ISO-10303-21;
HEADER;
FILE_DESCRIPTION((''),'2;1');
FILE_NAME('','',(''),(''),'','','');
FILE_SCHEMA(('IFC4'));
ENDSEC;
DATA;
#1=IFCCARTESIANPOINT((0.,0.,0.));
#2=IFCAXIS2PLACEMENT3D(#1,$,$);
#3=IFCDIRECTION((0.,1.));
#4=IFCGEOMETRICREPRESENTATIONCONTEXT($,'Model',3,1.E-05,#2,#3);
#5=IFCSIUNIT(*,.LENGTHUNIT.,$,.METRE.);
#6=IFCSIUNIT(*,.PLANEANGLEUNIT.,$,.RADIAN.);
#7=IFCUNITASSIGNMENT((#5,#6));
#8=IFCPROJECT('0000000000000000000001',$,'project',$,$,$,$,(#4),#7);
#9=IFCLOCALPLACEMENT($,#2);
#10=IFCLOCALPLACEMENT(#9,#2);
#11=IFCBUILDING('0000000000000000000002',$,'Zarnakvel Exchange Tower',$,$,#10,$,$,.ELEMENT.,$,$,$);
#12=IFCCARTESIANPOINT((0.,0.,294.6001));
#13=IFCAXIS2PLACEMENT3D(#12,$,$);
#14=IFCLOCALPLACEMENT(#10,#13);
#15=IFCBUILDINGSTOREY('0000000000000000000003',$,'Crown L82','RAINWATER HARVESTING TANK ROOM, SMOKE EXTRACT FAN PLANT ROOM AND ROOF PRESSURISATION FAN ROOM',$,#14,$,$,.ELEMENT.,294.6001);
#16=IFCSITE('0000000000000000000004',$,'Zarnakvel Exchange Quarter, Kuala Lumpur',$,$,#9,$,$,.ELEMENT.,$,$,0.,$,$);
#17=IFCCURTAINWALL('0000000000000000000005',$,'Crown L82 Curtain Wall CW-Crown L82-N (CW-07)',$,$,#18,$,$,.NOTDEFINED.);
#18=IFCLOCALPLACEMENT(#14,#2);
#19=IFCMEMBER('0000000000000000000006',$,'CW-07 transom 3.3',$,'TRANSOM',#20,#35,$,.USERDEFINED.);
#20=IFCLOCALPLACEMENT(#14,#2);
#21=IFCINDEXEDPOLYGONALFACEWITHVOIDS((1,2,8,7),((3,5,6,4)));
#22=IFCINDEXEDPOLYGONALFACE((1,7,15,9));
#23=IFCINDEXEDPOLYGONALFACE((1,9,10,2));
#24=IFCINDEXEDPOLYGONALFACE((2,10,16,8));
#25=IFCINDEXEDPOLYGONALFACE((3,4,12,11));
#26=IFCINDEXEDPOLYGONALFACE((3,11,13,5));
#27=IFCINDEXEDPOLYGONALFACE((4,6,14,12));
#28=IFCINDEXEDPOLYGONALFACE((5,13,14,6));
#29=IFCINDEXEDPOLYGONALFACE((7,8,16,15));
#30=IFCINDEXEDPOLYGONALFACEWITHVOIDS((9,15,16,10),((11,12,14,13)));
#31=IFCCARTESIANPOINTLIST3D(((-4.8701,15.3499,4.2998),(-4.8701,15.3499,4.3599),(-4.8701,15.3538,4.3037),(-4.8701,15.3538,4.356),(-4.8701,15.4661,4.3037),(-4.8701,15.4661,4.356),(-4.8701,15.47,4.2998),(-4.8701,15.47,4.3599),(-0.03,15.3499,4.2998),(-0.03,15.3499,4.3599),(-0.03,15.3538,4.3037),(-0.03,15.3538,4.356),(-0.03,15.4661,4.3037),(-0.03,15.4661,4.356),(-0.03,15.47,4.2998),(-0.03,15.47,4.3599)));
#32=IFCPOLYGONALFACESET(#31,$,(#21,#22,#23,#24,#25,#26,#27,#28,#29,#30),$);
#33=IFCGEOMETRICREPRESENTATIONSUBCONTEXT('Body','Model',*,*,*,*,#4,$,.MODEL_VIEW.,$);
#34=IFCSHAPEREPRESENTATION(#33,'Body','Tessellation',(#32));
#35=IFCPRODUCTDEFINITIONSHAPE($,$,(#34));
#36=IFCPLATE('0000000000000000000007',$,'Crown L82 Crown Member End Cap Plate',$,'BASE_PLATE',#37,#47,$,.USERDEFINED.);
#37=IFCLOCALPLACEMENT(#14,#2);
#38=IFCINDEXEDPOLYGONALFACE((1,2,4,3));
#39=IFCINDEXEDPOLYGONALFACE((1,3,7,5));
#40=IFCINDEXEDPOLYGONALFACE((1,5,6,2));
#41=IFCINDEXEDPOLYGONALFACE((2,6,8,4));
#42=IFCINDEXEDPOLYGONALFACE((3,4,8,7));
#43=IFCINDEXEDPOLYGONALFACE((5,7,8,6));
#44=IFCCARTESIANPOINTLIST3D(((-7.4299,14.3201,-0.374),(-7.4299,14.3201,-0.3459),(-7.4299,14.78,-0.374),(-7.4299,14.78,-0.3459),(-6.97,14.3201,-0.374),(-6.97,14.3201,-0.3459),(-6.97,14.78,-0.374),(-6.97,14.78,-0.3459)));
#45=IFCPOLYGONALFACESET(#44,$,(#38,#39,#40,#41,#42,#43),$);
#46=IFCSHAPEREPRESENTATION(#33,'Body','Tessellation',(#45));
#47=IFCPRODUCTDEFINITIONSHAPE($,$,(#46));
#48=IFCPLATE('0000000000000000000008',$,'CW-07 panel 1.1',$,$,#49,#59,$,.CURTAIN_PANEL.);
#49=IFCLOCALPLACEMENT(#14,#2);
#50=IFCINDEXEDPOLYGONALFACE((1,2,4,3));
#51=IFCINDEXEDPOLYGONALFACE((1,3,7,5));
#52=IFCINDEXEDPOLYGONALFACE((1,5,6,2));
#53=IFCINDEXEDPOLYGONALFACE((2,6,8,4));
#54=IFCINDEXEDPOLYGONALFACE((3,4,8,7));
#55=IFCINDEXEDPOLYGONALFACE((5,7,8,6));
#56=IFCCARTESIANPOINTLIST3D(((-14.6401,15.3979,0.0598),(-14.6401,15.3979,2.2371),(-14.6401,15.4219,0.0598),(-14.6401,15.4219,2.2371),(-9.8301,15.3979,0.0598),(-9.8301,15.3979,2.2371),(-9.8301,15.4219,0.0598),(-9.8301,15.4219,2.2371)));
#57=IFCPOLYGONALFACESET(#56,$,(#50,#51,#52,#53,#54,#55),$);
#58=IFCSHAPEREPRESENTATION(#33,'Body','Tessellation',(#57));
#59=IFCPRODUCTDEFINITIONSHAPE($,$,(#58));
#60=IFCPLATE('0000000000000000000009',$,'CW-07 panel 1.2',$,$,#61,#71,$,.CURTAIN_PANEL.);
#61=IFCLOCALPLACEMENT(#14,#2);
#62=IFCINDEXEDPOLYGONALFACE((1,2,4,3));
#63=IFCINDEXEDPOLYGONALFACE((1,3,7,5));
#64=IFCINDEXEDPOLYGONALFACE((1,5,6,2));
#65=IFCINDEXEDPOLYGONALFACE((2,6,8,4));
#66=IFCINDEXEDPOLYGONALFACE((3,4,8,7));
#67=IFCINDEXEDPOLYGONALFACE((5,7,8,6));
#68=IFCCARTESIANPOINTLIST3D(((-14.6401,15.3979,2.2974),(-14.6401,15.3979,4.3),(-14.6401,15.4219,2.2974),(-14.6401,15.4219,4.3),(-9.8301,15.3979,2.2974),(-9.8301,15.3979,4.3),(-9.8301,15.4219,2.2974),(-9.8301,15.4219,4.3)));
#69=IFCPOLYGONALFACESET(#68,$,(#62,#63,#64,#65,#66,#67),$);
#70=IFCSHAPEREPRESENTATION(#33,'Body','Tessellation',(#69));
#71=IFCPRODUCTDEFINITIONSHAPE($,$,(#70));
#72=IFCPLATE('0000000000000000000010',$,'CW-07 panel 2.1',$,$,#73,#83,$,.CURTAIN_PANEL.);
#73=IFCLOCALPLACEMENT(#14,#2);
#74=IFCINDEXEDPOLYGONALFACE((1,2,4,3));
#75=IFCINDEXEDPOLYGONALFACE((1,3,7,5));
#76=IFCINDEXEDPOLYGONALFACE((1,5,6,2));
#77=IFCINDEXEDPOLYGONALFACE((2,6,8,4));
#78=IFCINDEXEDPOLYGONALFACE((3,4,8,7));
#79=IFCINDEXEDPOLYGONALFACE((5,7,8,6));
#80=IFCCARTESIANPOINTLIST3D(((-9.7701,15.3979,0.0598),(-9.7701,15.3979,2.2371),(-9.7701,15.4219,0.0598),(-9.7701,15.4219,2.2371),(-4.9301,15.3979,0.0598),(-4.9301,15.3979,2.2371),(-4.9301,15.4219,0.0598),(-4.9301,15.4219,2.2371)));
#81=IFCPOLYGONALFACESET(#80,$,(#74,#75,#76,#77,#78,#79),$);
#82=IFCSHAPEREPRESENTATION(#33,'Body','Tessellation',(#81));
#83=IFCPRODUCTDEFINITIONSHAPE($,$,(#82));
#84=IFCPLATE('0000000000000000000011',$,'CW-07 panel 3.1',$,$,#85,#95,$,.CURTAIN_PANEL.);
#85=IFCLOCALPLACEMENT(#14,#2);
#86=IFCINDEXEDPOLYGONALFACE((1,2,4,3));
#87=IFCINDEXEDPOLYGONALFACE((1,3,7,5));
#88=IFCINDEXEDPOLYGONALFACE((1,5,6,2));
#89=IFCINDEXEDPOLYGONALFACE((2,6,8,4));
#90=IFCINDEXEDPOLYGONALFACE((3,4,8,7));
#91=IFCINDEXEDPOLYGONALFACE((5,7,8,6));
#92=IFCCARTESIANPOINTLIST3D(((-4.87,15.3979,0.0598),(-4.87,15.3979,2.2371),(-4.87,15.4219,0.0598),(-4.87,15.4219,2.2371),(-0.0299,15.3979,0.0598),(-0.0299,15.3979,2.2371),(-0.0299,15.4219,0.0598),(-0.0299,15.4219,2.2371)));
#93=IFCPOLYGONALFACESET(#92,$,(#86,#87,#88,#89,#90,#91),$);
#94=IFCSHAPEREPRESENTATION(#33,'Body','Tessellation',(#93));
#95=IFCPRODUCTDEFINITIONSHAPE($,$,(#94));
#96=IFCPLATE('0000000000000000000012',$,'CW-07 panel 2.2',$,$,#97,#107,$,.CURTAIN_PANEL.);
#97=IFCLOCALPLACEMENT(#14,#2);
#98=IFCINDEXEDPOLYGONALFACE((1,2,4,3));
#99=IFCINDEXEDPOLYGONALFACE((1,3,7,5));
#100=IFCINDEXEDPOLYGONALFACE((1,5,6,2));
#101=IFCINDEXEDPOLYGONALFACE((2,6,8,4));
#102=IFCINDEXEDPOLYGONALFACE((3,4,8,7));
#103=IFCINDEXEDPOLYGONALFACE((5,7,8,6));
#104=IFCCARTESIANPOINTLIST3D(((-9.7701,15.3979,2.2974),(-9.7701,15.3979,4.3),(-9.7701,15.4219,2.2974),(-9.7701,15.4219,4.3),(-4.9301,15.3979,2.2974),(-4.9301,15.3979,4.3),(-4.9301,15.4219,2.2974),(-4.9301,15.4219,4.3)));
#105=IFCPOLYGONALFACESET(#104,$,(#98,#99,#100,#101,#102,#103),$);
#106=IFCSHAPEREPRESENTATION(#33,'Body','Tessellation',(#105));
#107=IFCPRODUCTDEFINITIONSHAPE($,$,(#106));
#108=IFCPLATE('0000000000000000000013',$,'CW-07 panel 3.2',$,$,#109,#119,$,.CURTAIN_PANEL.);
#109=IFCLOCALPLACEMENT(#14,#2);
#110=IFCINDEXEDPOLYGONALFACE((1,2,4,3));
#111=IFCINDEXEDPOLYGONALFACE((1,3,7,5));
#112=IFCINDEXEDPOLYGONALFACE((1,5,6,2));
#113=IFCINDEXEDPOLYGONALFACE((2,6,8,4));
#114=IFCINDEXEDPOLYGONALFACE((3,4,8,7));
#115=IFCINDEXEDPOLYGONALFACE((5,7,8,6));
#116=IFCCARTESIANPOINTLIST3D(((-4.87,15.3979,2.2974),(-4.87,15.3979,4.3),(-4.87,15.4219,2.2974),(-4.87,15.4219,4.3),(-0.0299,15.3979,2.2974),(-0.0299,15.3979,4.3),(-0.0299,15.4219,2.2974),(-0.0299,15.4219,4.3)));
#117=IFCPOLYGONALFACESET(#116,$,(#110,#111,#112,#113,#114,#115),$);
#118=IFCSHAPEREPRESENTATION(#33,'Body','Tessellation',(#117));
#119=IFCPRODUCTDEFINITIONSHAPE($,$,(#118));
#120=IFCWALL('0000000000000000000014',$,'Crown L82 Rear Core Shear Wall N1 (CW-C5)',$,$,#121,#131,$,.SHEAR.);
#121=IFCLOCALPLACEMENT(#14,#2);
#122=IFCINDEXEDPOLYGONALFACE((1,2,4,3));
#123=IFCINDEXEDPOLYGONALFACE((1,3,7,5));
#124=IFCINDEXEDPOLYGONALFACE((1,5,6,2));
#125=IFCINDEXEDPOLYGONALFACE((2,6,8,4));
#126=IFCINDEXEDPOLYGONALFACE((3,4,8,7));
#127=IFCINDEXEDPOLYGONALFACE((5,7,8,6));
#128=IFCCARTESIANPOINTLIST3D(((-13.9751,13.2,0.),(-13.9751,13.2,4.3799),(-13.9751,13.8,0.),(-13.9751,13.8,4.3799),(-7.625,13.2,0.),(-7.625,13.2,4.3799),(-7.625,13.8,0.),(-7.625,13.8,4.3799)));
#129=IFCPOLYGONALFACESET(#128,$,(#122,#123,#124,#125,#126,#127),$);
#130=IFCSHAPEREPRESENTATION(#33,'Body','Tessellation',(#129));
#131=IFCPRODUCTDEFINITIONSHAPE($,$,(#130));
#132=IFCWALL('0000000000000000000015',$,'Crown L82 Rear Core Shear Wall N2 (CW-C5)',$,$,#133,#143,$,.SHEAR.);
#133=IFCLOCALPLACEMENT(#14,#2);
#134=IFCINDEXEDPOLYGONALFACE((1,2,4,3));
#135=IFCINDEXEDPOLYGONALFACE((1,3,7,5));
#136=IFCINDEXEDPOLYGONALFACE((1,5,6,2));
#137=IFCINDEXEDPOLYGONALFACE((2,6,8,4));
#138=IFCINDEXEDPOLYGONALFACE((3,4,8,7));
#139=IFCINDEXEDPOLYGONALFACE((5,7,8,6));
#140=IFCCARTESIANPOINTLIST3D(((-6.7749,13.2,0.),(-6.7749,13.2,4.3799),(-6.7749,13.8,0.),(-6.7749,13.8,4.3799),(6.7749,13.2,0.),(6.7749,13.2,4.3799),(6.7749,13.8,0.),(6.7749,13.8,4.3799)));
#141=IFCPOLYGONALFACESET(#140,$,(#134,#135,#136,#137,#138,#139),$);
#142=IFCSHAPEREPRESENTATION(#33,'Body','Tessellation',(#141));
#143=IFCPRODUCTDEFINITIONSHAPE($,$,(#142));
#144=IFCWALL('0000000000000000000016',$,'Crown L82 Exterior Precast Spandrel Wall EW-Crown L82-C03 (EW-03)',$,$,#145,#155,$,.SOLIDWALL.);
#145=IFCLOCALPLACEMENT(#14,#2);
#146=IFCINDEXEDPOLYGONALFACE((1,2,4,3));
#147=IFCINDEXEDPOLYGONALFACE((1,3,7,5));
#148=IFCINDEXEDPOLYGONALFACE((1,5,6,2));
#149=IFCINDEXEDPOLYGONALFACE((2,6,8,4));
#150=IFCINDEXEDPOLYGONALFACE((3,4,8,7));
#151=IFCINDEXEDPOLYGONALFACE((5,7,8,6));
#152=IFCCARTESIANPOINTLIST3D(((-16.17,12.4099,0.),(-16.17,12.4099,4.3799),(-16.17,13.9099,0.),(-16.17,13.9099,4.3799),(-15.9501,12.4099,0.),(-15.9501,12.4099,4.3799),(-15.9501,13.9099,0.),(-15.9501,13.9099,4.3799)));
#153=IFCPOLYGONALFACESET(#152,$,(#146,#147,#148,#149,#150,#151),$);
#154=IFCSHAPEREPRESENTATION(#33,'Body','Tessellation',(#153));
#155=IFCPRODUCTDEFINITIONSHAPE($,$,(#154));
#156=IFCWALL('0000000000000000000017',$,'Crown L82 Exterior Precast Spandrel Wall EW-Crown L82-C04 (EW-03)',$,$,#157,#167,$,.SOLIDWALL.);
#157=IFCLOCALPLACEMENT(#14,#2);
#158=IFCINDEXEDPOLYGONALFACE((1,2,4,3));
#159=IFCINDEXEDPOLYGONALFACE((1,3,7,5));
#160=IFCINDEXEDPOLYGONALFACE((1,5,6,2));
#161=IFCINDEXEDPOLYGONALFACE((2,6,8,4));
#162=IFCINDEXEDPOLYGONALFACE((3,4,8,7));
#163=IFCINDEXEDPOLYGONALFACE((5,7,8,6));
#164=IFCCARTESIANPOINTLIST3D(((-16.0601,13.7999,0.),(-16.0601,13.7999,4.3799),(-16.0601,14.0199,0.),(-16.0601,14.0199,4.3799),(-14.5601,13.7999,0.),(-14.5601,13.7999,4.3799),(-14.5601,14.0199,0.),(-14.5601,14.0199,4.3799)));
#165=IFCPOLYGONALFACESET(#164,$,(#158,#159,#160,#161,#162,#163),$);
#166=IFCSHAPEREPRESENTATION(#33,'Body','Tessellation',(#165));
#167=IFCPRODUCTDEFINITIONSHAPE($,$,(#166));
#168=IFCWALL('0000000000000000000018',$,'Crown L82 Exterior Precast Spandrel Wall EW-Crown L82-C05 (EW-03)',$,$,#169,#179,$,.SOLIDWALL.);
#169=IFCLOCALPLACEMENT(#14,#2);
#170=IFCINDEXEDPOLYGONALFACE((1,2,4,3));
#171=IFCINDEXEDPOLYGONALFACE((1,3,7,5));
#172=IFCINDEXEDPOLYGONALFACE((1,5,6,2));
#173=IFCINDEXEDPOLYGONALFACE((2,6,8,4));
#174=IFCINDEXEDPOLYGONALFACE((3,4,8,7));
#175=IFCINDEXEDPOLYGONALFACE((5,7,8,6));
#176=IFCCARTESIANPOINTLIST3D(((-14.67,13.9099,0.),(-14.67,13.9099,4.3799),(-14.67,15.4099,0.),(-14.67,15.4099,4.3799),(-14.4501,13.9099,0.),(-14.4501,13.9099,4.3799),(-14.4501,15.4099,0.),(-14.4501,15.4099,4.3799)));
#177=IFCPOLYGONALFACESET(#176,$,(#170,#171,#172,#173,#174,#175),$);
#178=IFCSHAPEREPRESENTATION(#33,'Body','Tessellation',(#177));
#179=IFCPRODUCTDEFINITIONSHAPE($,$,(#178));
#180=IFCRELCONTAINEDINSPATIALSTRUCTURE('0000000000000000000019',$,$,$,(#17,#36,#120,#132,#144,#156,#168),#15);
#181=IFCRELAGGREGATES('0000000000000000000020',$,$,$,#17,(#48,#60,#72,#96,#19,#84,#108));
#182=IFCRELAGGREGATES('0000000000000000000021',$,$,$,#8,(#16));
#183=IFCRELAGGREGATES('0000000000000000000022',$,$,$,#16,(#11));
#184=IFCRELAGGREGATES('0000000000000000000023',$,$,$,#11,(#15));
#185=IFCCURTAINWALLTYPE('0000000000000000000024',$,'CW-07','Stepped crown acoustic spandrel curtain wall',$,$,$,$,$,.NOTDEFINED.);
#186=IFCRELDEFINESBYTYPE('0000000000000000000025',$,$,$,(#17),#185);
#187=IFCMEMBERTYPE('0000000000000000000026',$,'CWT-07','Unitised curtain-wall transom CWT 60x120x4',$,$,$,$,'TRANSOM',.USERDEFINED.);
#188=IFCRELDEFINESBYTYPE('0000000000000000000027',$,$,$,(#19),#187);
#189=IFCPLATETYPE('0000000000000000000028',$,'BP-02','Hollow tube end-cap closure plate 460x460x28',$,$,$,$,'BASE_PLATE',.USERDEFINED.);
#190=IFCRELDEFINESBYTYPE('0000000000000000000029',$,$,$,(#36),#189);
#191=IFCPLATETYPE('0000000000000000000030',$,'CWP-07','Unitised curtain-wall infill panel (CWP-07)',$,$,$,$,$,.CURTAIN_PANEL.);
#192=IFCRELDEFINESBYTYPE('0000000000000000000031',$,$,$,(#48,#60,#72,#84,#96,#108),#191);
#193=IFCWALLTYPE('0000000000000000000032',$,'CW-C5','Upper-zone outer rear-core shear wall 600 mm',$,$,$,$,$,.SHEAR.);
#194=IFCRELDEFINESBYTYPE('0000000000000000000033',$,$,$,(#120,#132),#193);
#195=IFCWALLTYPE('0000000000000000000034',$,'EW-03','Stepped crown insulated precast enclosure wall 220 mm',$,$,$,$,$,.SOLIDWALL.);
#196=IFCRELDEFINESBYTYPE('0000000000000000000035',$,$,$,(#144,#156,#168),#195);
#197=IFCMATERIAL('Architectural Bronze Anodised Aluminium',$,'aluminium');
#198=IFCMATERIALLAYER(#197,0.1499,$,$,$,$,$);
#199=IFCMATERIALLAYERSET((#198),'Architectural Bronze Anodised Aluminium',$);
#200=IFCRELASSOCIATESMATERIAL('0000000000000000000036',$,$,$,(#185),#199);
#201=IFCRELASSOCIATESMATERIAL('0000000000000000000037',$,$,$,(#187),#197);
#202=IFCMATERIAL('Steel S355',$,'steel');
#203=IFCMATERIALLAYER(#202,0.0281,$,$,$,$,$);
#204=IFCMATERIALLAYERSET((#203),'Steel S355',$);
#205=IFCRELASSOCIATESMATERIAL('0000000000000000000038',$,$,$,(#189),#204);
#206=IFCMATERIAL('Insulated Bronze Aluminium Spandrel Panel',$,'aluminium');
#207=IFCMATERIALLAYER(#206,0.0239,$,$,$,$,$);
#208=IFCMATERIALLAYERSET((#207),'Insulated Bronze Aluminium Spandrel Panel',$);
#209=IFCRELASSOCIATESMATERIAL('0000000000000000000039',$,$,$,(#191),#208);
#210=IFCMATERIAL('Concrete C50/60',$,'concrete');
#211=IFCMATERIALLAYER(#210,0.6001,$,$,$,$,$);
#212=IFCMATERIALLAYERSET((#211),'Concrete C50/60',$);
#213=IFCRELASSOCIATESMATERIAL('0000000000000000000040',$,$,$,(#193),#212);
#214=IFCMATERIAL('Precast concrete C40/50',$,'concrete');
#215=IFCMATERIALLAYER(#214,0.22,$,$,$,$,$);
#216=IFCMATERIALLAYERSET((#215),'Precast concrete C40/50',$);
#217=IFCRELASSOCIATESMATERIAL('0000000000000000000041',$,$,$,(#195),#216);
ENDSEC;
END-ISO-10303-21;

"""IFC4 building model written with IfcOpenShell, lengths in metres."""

from ifc_helpers import new_model, si_unit, direction, frame, frame_2d, origin, origin_2d, place, context, subcontext, project, spatial, rectangle, hollow_rectangle, extrude, source, transform, mapped, material, layer, layer_set, material_profile, profile_set, type_object, element, aggregate, save


model = new_model("IFC4")

# Units and contexts
model_context = context("Model", 3, precision=1e-05, world=origin(), true_north=direction((0.0, 1.0)))
body_context = subcontext(model_context, "Body", "Model", "MODEL_VIEW")
ifc_project = project(units=[si_unit("LENGTHUNIT", "METRE"), si_unit("PLANEANGLEUNIT", "RADIAN")], contexts=[model_context])

# Site, building, storey
site_placement = place(None, origin())
site = spatial("IfcSite", under=ifc_project, at=site_placement, Name="Zarnakvel Exchange Quarter, Kuala Lumpur", CompositionType="ELEMENT", RefElevation=0.0)
building_placement = place(site_placement, origin())
building = spatial("IfcBuilding", under=site, at=building_placement, Name="Zarnakvel Exchange Tower", CompositionType="ELEMENT")
storey_placement = place(building_placement, frame((0.0, 0.0, 294.6001)))
storey = spatial("IfcBuildingStorey", under=building, at=storey_placement, Name="Crown L82", Description="RAINWATER HARVESTING TANK ROOM, SMOKE EXTRACT FAN PLANT ROOM AND ROOF PRESSURISATION FAN ROOM", CompositionType="ELEMENT", Elevation=294.6001)

# Shared definitions
ifc_material_1 = material(Name="Concrete C50/60", Category="concrete")
ifc_material_2 = material(Name="Steel S355", Category="steel")

# Curtain wall, member
ifc_material_3 = material(Name="Architectural Bronze Anodised Aluminium", Category="aluminium")
ifc_layer_1 = layer(ifc_material_3, 0.1499)
ifc_layer_set_1 = layer_set([ifc_layer_1], Name="Architectural Bronze Anodised Aluminium")
curtain_wall_type = type_object("IfcCurtainWallType", Name="CW-07", Description="Stepped crown acoustic spandrel curtain wall", PredefinedType="NOTDEFINED", material=ifc_layer_set_1)
curtain_wall_placement = place(storey_placement, origin())
curtain_wall = element("IfcCurtainWall", 1, at=curtain_wall_placement, inside=storey, type_object=curtain_wall_type, Name="Crown L82 Curtain Wall CW-Crown L82-N (CW-07)", PredefinedType="NOTDEFINED")
ifc_material_profile_1 = material_profile(ifc_material_3, hollow_rectangle(XDim=0.1201, YDim=0.0601, WallThickness=0.0039, at=origin_2d()))
ifc_profile_set_1 = profile_set([ifc_material_profile_1], Name="Architectural Bronze Anodised Aluminium")
member_type_1 = type_object("IfcMemberType", Name="CWT-07", Description="Unitised curtain-wall transom CWT 60x120x4", ElementType="TRANSOM", PredefinedType="USERDEFINED", material=ifc_profile_set_1)
shared_shape_1 = source(origin(), body_context, "Body", "SweptSolid", [
    extrude(hollow_rectangle(XDim=0.1201, YDim=0.0601, WallThickness=0.0039, at=origin_2d()), origin(), (0.0, 0.0, 1.0), 4.8401),
])
member_1_placement = place(storey_placement, frame((-4.8701, 15.4099, 4.3298), z_axis=(1.0, 0.0, 0.0), x_axis=(0.0, 1.0, 0.0)))
member_1 = element("IfcMember", 2, at=member_1_placement, type_object=member_type_1, Name="CW-07 transom 3.3", ObjectType="TRANSOM", PredefinedType="USERDEFINED", context=body_context, shape_type="MappedRepresentation", body=[
    mapped(shared_shape_1, transform((0.0, 0.0, 0.0), x_axis=(1.0, 0.0, 0.0), y_axis=(0.0, 1.0, 0.0), z_axis=(0.0, 0.0, 1.0), scale=1.0)),
])

# Plates
ifc_layer_2 = layer(ifc_material_2, 0.0281)
ifc_layer_set_2 = layer_set([ifc_layer_2], Name="Steel S355")
plate_type_1 = type_object("IfcPlateType", Name="BP-02", Description="Hollow tube end-cap closure plate 460x460x28", ElementType="BASE_PLATE", PredefinedType="USERDEFINED", material=ifc_layer_set_2)
shared_shape_2 = source(origin(), body_context, "Body", "SweptSolid", [
    extrude(rectangle(XDim=0.46, YDim=0.46, at=origin_2d()), origin(), (0.0, 0.0, 1.0), 0.0281),
])
plate_1_placement = place(storey_placement, frame((-7.2, 14.55, -0.374), z_axis=(0.0, 0.0, 1.0), x_axis=(1.0, 0.0, 0.0)))
element("IfcPlate", 3, at=plate_1_placement, inside=storey, type_object=plate_type_1, Name="Crown L82 Crown Member End Cap Plate", ObjectType="BASE_PLATE", PredefinedType="USERDEFINED", context=body_context, shape_type="MappedRepresentation", body=[
    mapped(shared_shape_2, transform((0.0, 0.0, 0.0), x_axis=(1.0, 0.0, 0.0), y_axis=(0.0, 1.0, 0.0), z_axis=(0.0, 0.0, 1.0), scale=1.0)),
])
ifc_material_4 = material(Name="Insulated Bronze Aluminium Spandrel Panel", Category="aluminium")
ifc_layer_3 = layer(ifc_material_4, 0.0239)
ifc_layer_set_3 = layer_set([ifc_layer_3], Name="Insulated Bronze Aluminium Spandrel Panel")
plate_type_2 = type_object("IfcPlateType", Name="CWP-07", Description="Unitised curtain-wall infill panel (CWP-07)", PredefinedType="CURTAIN_PANEL", material=ifc_layer_set_3)
shared_shape_3 = source(origin(), body_context, "Body", "SweptSolid", [
    extrude(rectangle(XDim=4.8101, YDim=0.0239, at=origin_2d()), origin(), (0.0, 0.0, 1.0), 2.1772),
])
plate_2_placement = place(storey_placement, frame((-12.2351, 15.4099, 0.0598), z_axis=(0.0, 0.0, 1.0), x_axis=(1.0, 0.0, 0.0)))
plate_2 = element("IfcPlate", 4, at=plate_2_placement, type_object=plate_type_2, Name="CW-07 panel 1.1", PredefinedType="CURTAIN_PANEL", context=body_context, shape_type="MappedRepresentation", body=[
    mapped(shared_shape_3, transform((0.0, 0.0, 0.0), x_axis=(1.0, 0.0, 0.0), y_axis=(0.0, 1.0, 0.0), z_axis=(0.0, 0.0, 1.0), scale=1.0)),
])
shared_shape_4 = source(origin(), body_context, "Body", "SweptSolid", [
    extrude(rectangle(XDim=4.8101, YDim=0.0239, at=origin_2d()), origin(), (0.0, 0.0, 1.0), 2.0027),
])
plate_3_placement = place(storey_placement, frame((-12.2351, 15.4099, 2.2974), z_axis=(0.0, 0.0, 1.0), x_axis=(1.0, 0.0, 0.0)))
plate_3 = element("IfcPlate", 5, at=plate_3_placement, type_object=plate_type_2, Name="CW-07 panel 1.2", PredefinedType="CURTAIN_PANEL", context=body_context, shape_type="MappedRepresentation", body=[
    mapped(shared_shape_4, transform((0.0, 0.0, 0.0), x_axis=(1.0, 0.0, 0.0), y_axis=(0.0, 1.0, 0.0), z_axis=(0.0, 0.0, 1.0), scale=1.0)),
])
shared_shape_5 = source(origin(), body_context, "Body", "SweptSolid", [
    extrude(rectangle(XDim=4.8401, YDim=0.0239, at=origin_2d()), origin(), (0.0, 0.0, 1.0), 2.1772),
])
plate_4_placement = place(storey_placement, frame((-7.3501, 15.4099, 0.0598), z_axis=(0.0, 0.0, 1.0), x_axis=(1.0, 0.0, 0.0)))
plate_4 = element("IfcPlate", 6, at=plate_4_placement, type_object=plate_type_2, Name="CW-07 panel 2.1", PredefinedType="CURTAIN_PANEL", context=body_context, shape_type="MappedRepresentation", body=[
    mapped(shared_shape_5, transform((0.0, 0.0, 0.0), x_axis=(1.0, 0.0, 0.0), y_axis=(0.0, 1.0, 0.0), z_axis=(0.0, 0.0, 1.0), scale=1.0)),
])
plate_5_placement = place(storey_placement, frame((-2.45, 15.4099, 0.0598), z_axis=(0.0, 0.0, 1.0), x_axis=(1.0, 0.0, 0.0)))
plate_5 = element("IfcPlate", 7, at=plate_5_placement, type_object=plate_type_2, Name="CW-07 panel 3.1", PredefinedType="CURTAIN_PANEL", context=body_context, shape_type="MappedRepresentation", body=[
    mapped(shared_shape_5, transform((0.0, 0.0, 0.0), x_axis=(1.0, 0.0, 0.0), y_axis=(0.0, 1.0, 0.0), z_axis=(0.0, 0.0, 1.0), scale=1.0)),
])
shared_shape_6 = source(origin(), body_context, "Body", "SweptSolid", [
    extrude(rectangle(XDim=4.8401, YDim=0.0239, at=origin_2d()), origin(), (0.0, 0.0, 1.0), 2.0027),
])
plate_6_placement = place(storey_placement, frame((-7.3501, 15.4099, 2.2974), z_axis=(0.0, 0.0, 1.0), x_axis=(1.0, 0.0, 0.0)))
plate_6 = element("IfcPlate", 8, at=plate_6_placement, type_object=plate_type_2, Name="CW-07 panel 2.2", PredefinedType="CURTAIN_PANEL", context=body_context, shape_type="MappedRepresentation", body=[
    mapped(shared_shape_6, transform((0.0, 0.0, 0.0), x_axis=(1.0, 0.0, 0.0), y_axis=(0.0, 1.0, 0.0), z_axis=(0.0, 0.0, 1.0), scale=1.0)),
])
plate_7_placement = place(storey_placement, frame((-2.45, 15.4099, 2.2974), z_axis=(0.0, 0.0, 1.0), x_axis=(1.0, 0.0, 0.0)))
plate_7 = element("IfcPlate", 9, at=plate_7_placement, type_object=plate_type_2, Name="CW-07 panel 3.2", PredefinedType="CURTAIN_PANEL", context=body_context, shape_type="MappedRepresentation", body=[
    mapped(shared_shape_6, transform((0.0, 0.0, 0.0), x_axis=(1.0, 0.0, 0.0), y_axis=(0.0, 1.0, 0.0), z_axis=(0.0, 0.0, 1.0), scale=1.0)),
])
aggregate(curtain_wall, [plate_2, plate_3, plate_4, plate_6, member_1, plate_5, plate_7])

# Walls
ifc_layer_4 = layer(ifc_material_1, 0.6001)
ifc_layer_set_4 = layer_set([ifc_layer_4], Name="Concrete C50/60")
wall_type_1 = type_object("IfcWallType", Name="CW-C5", Description="Upper-zone outer rear-core shear wall 600 mm", PredefinedType="SHEAR", material=ifc_layer_set_4)
wall_1_placement = place(storey_placement, frame((-13.9751, 13.5, 0.0), z_axis=(0.0, 0.0, 1.0), x_axis=(1.0, 0.0, 0.0)))
element("IfcWall", 10, at=wall_1_placement, inside=storey, type_object=wall_type_1, Name="Crown L82 Rear Core Shear Wall N1 (CW-C5)", PredefinedType="SHEAR", context=body_context, shape_type="SweptSolid", body=[
    extrude(rectangle(XDim=6.3501, YDim=0.6001, at=frame_2d((3.175, 0.0))), origin(), (0.0, 0.0, 1.0), 4.3799),
])
wall_2_placement = place(storey_placement, frame((-6.7749, 13.5, 0.0), z_axis=(0.0, 0.0, 1.0), x_axis=(1.0, 0.0, 0.0)))
element("IfcWall", 11, at=wall_2_placement, inside=storey, type_object=wall_type_1, Name="Crown L82 Rear Core Shear Wall N2 (CW-C5)", PredefinedType="SHEAR", context=body_context, shape_type="SweptSolid", body=[
    extrude(rectangle(XDim=13.5498, YDim=0.6001, at=frame_2d((6.7749, 0.0))), origin(), (0.0, 0.0, 1.0), 4.3799),
])
ifc_material_5 = material(Name="Precast concrete C40/50", Category="concrete")
ifc_layer_5 = layer(ifc_material_5, 0.22)
ifc_layer_set_5 = layer_set([ifc_layer_5], Name="Precast concrete C40/50")
wall_type_2 = type_object("IfcWallType", Name="EW-03", Description="Stepped crown insulated precast enclosure wall 220 mm", PredefinedType="SOLIDWALL", material=ifc_layer_set_5)
for number, where, z_axis, x_axis, name in (
    (12, (-16.0601, 13.9099, 0.0), (0.0, 0.0, 1.0), (0.0, -1.0, 0.0), "Crown L82 Exterior Precast Spandrel Wall EW-Crown L82-C03 (EW-03)"),
    (13, (-14.5601, 13.9099, 0.0), (0.0, 0.0, 1.0), (-1.0, 0.0, 0.0), "Crown L82 Exterior Precast Spandrel Wall EW-Crown L82-C04 (EW-03)"),
    (14, (-14.5601, 15.4099, 0.0), (0.0, 0.0, 1.0), (0.0, -1.0, 0.0), "Crown L82 Exterior Precast Spandrel Wall EW-Crown L82-C05 (EW-03)"),
):
    element("IfcWall", number, at=place(storey_placement, frame(where, z_axis=z_axis, x_axis=x_axis)), inside=storey, type_object=wall_type_2, Name=name, PredefinedType="SOLIDWALL", context=body_context, shape_type="SweptSolid", body=[
        extrude(rectangle(XDim=1.5, YDim=0.22, at=frame_2d((0.75, 0.0))), origin(), (0.0, 0.0, 1.0), 4.3799),
    ])

save(model, "model.ifc")
